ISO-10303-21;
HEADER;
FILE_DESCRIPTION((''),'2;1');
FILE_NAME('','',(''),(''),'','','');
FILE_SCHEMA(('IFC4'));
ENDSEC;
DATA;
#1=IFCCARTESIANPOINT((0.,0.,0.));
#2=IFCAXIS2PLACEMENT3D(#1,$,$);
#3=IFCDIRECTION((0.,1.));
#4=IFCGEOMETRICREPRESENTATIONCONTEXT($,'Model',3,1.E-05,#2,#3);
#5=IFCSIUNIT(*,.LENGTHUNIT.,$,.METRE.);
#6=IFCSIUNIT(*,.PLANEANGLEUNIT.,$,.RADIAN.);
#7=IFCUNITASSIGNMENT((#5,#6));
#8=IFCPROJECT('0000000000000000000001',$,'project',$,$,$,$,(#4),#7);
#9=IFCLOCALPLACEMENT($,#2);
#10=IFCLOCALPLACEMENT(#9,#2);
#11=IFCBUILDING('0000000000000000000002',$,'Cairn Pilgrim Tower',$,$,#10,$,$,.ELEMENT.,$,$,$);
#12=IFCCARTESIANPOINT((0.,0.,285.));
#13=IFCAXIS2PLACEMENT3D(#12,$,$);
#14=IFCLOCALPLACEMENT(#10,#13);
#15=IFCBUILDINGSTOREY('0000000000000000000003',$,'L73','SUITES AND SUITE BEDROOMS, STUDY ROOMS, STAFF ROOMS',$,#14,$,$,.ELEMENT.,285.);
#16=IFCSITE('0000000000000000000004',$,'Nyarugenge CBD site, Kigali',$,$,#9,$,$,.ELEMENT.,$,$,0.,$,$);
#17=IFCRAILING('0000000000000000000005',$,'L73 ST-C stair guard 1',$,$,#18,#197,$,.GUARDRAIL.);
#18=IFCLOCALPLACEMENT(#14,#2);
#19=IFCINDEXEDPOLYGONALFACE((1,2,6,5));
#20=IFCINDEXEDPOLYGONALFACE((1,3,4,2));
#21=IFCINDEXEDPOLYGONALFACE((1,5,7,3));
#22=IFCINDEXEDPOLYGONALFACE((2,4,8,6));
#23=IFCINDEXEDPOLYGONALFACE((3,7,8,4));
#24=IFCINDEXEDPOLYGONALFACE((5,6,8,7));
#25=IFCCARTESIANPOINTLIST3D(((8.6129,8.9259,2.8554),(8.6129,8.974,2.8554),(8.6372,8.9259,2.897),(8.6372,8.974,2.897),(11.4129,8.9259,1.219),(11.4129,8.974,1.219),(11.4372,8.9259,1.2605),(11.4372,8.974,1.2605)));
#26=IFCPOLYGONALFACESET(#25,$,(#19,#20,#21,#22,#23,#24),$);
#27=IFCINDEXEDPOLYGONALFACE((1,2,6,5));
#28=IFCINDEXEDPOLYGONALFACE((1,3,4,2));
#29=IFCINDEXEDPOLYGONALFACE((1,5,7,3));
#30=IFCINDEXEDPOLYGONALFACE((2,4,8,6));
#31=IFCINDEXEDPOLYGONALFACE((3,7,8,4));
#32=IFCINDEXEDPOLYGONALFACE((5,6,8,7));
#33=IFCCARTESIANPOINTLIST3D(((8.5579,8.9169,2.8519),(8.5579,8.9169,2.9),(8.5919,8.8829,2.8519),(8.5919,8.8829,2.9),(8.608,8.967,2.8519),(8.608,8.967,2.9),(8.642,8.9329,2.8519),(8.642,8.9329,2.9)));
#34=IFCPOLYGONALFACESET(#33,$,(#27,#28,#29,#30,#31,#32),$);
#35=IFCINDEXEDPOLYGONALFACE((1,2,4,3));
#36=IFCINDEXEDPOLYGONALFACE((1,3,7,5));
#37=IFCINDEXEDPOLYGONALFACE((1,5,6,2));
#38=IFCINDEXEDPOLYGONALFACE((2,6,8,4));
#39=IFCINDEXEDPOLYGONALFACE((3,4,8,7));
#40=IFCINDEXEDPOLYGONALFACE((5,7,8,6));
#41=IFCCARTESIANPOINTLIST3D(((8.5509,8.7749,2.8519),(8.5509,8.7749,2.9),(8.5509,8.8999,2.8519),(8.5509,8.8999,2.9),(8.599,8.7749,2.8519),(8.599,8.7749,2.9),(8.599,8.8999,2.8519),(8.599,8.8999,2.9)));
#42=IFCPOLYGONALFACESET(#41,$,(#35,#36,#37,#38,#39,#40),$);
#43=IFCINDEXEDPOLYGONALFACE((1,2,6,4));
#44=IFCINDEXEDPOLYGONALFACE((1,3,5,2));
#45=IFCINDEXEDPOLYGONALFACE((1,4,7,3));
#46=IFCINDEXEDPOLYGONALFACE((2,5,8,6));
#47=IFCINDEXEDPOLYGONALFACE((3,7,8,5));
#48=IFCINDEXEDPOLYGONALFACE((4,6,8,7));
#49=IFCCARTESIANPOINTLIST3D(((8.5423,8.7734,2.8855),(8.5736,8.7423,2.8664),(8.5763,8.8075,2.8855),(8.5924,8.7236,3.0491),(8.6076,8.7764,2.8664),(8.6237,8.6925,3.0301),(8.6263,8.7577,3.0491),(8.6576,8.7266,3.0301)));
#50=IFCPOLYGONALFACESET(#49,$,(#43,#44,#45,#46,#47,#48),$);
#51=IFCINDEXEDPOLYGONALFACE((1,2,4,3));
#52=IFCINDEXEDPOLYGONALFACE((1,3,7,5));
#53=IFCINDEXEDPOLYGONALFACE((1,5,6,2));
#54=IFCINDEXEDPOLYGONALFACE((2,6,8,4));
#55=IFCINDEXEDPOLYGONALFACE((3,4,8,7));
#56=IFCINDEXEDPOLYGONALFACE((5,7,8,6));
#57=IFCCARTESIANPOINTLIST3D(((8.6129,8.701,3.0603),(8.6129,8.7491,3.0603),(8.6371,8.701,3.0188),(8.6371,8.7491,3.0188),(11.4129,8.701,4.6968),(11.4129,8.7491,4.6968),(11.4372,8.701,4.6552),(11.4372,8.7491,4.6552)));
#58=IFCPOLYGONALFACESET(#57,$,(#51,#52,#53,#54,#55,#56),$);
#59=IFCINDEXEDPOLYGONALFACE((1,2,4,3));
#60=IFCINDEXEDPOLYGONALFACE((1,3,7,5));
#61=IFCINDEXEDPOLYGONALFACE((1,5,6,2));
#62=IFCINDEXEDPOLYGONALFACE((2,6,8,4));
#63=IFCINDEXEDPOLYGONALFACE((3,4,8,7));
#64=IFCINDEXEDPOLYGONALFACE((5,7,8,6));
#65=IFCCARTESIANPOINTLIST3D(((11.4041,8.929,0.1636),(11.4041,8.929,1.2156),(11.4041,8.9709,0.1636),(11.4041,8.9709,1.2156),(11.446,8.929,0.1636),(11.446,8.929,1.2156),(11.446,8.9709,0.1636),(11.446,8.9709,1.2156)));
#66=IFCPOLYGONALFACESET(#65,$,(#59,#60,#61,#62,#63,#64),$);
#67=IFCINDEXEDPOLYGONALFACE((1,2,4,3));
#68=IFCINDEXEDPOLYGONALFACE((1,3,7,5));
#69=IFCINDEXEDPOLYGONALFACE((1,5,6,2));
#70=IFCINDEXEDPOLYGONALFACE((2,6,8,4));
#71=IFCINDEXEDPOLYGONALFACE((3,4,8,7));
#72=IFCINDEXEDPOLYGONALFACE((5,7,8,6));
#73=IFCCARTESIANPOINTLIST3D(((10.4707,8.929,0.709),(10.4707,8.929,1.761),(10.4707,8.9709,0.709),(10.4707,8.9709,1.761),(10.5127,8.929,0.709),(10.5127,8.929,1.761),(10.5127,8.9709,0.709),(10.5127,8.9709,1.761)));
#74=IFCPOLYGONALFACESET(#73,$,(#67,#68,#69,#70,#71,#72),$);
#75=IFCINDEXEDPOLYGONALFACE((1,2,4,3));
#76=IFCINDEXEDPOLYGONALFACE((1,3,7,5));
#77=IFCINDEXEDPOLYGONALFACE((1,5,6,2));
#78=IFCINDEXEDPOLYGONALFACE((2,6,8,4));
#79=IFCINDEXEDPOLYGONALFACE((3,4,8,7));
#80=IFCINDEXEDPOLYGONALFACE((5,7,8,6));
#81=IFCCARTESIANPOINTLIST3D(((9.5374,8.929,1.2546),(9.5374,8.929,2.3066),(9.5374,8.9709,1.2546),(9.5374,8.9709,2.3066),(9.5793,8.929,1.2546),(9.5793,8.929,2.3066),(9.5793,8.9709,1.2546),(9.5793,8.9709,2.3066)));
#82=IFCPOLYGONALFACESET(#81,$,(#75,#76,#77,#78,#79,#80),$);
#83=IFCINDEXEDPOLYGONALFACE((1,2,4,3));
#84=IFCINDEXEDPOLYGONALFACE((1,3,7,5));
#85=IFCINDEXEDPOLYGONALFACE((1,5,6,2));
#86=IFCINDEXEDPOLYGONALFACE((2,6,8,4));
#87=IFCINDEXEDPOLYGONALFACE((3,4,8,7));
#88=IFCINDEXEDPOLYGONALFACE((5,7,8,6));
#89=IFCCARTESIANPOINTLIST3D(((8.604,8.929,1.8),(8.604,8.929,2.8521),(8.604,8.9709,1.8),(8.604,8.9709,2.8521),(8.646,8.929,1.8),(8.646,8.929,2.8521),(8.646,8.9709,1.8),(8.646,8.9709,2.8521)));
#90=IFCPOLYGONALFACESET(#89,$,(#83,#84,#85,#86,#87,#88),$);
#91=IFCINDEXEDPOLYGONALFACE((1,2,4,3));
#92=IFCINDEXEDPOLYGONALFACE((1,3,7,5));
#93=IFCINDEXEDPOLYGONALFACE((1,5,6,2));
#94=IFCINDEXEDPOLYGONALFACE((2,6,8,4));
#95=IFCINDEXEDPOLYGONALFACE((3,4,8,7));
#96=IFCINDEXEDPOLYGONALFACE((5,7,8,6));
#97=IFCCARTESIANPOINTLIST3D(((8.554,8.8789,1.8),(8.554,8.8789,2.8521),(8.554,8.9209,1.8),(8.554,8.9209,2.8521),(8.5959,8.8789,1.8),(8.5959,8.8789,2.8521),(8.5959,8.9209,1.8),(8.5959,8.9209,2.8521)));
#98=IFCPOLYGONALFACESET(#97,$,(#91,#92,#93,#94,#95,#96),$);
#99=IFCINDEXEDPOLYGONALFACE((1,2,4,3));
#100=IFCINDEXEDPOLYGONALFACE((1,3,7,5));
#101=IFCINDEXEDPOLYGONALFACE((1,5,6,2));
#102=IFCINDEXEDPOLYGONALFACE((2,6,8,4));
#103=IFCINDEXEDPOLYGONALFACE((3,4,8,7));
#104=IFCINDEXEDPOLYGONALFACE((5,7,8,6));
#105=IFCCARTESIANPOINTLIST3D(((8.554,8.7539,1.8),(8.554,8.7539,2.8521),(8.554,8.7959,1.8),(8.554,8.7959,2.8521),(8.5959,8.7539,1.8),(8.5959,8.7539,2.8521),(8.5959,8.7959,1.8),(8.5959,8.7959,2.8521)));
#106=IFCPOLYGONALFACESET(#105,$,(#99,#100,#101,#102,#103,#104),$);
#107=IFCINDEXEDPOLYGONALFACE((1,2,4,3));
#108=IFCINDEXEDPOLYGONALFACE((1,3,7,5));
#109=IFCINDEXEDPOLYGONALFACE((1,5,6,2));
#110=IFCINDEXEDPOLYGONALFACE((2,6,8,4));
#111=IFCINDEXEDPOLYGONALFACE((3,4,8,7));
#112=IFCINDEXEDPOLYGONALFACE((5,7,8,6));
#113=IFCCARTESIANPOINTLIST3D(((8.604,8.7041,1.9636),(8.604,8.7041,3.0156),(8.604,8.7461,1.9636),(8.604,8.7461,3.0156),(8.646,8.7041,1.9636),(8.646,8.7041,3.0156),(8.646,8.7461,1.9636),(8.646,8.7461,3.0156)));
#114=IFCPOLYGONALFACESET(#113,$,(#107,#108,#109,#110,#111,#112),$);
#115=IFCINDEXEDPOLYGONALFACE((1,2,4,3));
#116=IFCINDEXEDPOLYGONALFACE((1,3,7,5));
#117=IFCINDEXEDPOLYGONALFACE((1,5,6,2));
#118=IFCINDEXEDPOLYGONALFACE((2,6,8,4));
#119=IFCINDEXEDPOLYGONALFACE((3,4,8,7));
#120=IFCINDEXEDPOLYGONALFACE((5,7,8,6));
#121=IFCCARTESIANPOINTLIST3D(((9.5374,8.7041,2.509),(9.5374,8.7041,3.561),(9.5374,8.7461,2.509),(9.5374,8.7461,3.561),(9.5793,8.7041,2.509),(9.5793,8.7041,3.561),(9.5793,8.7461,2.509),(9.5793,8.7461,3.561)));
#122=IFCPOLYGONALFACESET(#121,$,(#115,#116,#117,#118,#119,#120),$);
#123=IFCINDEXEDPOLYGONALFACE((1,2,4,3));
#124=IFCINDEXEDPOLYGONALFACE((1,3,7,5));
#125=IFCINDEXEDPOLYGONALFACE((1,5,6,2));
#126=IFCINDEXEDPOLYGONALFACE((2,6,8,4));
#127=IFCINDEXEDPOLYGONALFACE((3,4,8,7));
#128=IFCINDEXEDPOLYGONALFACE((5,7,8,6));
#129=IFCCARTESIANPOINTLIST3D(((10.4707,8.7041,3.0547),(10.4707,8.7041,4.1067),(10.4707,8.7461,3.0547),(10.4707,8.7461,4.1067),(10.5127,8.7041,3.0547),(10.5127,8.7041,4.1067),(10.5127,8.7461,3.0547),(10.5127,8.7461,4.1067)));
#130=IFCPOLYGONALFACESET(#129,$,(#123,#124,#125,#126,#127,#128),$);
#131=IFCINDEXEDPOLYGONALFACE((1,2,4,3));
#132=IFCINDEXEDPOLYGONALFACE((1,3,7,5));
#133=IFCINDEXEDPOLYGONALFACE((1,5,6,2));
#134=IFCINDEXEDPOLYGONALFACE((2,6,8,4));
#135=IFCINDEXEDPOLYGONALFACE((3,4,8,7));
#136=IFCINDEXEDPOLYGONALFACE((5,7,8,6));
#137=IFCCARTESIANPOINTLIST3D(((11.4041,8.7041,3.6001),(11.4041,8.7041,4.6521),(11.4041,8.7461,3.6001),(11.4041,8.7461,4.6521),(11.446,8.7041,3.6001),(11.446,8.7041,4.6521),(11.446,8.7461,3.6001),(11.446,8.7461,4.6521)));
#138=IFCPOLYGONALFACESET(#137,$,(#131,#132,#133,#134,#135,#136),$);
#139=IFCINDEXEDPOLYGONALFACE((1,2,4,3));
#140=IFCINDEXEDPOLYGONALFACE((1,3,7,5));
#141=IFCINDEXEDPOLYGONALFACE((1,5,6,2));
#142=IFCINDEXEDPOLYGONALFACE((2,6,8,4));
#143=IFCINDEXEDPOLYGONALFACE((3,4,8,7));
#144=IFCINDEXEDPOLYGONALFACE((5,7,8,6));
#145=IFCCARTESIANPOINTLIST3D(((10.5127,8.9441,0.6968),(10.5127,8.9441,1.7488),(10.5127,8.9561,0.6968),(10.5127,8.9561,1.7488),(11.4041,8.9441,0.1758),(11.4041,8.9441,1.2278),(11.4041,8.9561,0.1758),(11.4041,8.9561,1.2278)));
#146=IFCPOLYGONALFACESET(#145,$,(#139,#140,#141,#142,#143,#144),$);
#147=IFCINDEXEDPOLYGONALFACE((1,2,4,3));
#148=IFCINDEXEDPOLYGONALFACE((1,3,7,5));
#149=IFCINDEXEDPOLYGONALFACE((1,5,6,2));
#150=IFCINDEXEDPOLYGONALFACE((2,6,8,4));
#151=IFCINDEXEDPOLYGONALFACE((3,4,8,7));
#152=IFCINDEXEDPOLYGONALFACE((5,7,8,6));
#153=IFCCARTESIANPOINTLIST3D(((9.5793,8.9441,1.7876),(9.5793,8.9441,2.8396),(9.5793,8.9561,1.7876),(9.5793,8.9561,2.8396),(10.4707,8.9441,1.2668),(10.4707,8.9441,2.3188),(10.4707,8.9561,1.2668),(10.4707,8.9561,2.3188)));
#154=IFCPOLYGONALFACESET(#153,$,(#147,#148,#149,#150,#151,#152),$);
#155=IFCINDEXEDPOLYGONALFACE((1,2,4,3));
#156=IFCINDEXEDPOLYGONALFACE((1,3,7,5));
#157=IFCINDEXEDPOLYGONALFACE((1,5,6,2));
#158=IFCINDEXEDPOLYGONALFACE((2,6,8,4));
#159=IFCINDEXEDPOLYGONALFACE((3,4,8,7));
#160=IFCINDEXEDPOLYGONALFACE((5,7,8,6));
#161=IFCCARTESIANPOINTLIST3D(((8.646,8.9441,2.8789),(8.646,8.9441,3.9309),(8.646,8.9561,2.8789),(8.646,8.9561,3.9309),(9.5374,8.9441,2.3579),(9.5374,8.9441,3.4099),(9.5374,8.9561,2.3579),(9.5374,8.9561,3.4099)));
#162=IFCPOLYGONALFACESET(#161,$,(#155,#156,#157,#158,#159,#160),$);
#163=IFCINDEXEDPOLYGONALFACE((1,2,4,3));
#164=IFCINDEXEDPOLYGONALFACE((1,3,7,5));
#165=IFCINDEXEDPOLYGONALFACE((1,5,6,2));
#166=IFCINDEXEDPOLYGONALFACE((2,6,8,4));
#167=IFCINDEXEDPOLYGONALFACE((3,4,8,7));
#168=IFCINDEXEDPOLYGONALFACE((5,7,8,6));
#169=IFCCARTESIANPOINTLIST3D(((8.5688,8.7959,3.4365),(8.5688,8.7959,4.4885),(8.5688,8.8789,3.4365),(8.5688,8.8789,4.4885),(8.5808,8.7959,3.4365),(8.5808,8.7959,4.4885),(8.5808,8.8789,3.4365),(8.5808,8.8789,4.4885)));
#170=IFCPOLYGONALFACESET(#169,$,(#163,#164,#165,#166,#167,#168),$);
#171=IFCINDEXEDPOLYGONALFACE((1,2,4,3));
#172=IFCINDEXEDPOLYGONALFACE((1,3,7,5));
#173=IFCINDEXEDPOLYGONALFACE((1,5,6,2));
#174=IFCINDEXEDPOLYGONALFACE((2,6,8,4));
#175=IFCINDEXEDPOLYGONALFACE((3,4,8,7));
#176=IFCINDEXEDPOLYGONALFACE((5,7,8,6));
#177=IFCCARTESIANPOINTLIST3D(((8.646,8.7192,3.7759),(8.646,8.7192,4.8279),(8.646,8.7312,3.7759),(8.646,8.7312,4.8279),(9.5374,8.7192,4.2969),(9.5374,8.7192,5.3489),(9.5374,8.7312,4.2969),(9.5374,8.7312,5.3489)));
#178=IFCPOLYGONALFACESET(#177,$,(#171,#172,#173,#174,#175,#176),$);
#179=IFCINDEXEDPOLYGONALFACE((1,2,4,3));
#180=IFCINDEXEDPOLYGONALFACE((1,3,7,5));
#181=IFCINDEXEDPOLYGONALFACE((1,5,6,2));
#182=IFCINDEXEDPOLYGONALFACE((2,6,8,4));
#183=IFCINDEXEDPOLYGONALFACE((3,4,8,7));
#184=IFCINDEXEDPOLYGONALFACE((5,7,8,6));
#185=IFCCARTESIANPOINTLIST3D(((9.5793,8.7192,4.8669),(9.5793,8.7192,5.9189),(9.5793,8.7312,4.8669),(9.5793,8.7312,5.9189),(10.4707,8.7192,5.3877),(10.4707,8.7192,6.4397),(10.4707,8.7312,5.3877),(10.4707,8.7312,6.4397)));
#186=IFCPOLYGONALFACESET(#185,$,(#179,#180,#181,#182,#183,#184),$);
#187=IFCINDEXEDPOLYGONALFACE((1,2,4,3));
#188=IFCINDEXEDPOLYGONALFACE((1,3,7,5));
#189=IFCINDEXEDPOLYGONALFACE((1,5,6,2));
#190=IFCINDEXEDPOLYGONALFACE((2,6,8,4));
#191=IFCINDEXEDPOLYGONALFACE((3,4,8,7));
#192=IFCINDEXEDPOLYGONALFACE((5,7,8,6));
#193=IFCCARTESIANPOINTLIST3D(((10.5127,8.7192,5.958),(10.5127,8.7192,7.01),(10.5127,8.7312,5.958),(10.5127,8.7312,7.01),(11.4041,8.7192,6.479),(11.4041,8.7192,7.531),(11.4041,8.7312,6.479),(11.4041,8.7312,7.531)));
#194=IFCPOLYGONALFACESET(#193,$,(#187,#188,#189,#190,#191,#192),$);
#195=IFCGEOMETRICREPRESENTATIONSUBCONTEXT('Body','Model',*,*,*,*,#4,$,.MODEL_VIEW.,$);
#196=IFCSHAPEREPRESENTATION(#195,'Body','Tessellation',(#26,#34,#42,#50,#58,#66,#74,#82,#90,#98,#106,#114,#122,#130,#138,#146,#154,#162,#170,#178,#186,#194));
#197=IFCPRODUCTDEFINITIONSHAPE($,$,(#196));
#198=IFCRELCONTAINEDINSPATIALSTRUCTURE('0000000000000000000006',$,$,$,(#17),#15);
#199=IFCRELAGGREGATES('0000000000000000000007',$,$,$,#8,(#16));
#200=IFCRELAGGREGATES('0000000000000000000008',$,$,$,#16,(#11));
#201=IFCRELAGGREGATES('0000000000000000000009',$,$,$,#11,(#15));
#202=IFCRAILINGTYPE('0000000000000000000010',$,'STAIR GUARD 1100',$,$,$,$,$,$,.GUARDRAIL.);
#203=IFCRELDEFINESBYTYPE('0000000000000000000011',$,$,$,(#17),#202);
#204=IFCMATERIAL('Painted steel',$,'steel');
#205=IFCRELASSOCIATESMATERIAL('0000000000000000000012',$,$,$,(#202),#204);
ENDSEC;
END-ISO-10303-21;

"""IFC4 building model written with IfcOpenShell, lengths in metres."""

from ifc_helpers import new_model, si_unit, direction, frame, origin, origin_2d, place, context, subcontext, project, spatial, polyline, rectangle, outline, extrude, material, type_object, element, save


model = new_model("IFC4")

# Units and contexts
model_context = context("Model", 3, precision=1e-05, world=origin(), true_north=direction((0.0, 1.0)))
body_context = subcontext(model_context, "Body", "Model", "MODEL_VIEW")
ifc_project = project(units=[si_unit("LENGTHUNIT", "METRE"), si_unit("PLANEANGLEUNIT", "RADIAN")], contexts=[model_context])

# Site, building, storey
site_placement = place(None, origin())
site = spatial("IfcSite", under=ifc_project, at=site_placement, Name="Nyarugenge CBD site, Kigali", CompositionType="ELEMENT", RefElevation=0.0)
building_placement = place(site_placement, origin())
building = spatial("IfcBuilding", under=site, at=building_placement, Name="Cairn Pilgrim Tower", CompositionType="ELEMENT")
storey_placement = place(building_placement, frame((0.0, 0.0, 285.0)))
storey = spatial("IfcBuildingStorey", under=building, at=storey_placement, Name="L73", Description="SUITES AND SUITE BEDROOMS, STUDY ROOMS, STAFF ROOMS", CompositionType="ELEMENT", Elevation=285.0)

# Shared definitions
ifc_material_1 = material(Name="Painted steel", Category="steel")

# Railing
railing_type_1 = type_object("IfcRailingType", Name="STAIR GUARD 1100", PredefinedType="GUARDRAIL", material=ifc_material_1)
railing_1_placement = place(storey_placement, frame((11.425, 8.95, 0.1636)))
element("IfcRailing", 1, at=railing_1_placement, inside=storey, type_object=railing_type_1, Name="L73 ST-C stair guard 1", PredefinedType="GUARDRAIL", context=body_context, shape_type="SweptSolid", body=[
    extrude(rectangle(XDim=0.0481, YDim=0.0481, at=origin_2d()), frame((0.0, 0.0, 1.0762), z_axis=(-0.863361, 0.0, 0.504587), x_axis=(0.0, -1.0, 0.0)), (0.0, 0.0, 1.0), 3.2432),
    extrude(rectangle(XDim=0.0481, YDim=0.0481, at=origin_2d()), frame((-2.8, 0.0, 2.7124), z_axis=(-0.707107, -0.707107, 0.0), x_axis=(0.707107, -0.707107, 0.0)), (0.0, 0.0, 1.0), 0.0708),
    extrude(rectangle(XDim=0.0481, YDim=0.0481, at=origin_2d()), frame((-2.8501, -0.05, 2.7124), z_axis=(0.0, -1.0, 0.0), x_axis=(1.0, 0.0, 0.0)), (0.0, 0.0, 1.0), 0.125),
    extrude(rectangle(XDim=0.0481, YDim=0.0481, at=origin_2d()), frame((-2.8501, -0.175, 2.7124), z_axis=(0.280917, -0.279546, 0.918118), x_axis=(0.705376, 0.708834, 0.0)), (0.0, 0.0, 1.0), 0.1782),
    extrude(rectangle(XDim=0.0481, YDim=0.0481, at=origin_2d()), frame((-2.8, -0.2249, 2.876), z_axis=(0.863361, 0.0, 0.504587), x_axis=(0.0, 1.0, 0.0)), (0.0, 0.0, 1.0), 3.2432),
    extrude(rectangle(XDim=0.042, YDim=0.042, at=origin_2d()), origin(), (0.0, 0.0, 1.0), 1.052),
    extrude(rectangle(XDim=0.042, YDim=0.042, at=origin_2d()), frame((-0.9333, 0.0, 0.5454)), (0.0, 0.0, 1.0), 1.052),
    extrude(rectangle(XDim=0.042, YDim=0.042, at=origin_2d()), frame((-1.8667, 0.0, 1.0911)), (0.0, 0.0, 1.0), 1.052),
    extrude(rectangle(XDim=0.042, YDim=0.042, at=origin_2d()), frame((-2.8, 0.0, 1.6365)), (0.0, 0.0, 1.0), 1.052),
    extrude(rectangle(XDim=0.042, YDim=0.042, at=origin_2d()), frame((-2.8501, -0.05, 1.6365)), (0.0, 0.0, 1.0), 1.052),
    extrude(rectangle(XDim=0.042, YDim=0.042, at=origin_2d()), frame((-2.8501, -0.175, 1.6365)), (0.0, 0.0, 1.0), 1.052),
    extrude(rectangle(XDim=0.042, YDim=0.042, at=origin_2d()), frame((-2.8, -0.2249, 1.8)), (0.0, 0.0, 1.0), 1.052),
    extrude(rectangle(XDim=0.042, YDim=0.042, at=origin_2d()), frame((-1.8667, -0.2249, 2.3455)), (0.0, 0.0, 1.0), 1.052),
    extrude(rectangle(XDim=0.042, YDim=0.042, at=origin_2d()), frame((-0.9333, -0.2249, 2.8911)), (0.0, 0.0, 1.0), 1.052),
    extrude(rectangle(XDim=0.042, YDim=0.042, at=origin_2d()), frame((0.0, -0.2249, 3.4365)), (0.0, 0.0, 1.0), 1.052),
    extrude(outline(polyline([(0.021, 0.0122), (0.9124, 0.5332), (0.9124, 1.5852), (0.021, 1.0642), (0.021, 0.0122)])), frame((0.0, -0.0059, 0.0), z_axis=(0.0, 1.0, 0.0), x_axis=(-1.0, 0.0, 0.0)), (0.0, 0.0, 1.0), 0.012),
    extrude(outline(polyline([(0.021, 0.5579), (0.9124, 1.0786), (0.9124, 2.1306), (0.021, 1.6099), (0.021, 0.5579)])), frame((-0.9333, -0.0059, 0.5454), z_axis=(0.0, 1.0, 0.0), x_axis=(-1.0, 0.0, 0.0)), (0.0, 0.0, 1.0), 0.012),
    extrude(outline(polyline([(0.021, 1.1033), (0.9124, 1.6243), (0.9124, 2.6763), (0.021, 2.1553), (0.021, 1.1033)])), frame((-1.8667, -0.0059, 1.0911), z_axis=(0.0, 1.0, 0.0), x_axis=(-1.0, 0.0, 0.0)), (0.0, 0.0, 1.0), 0.012),
    extrude(outline(polyline([(0.021, 1.6365), (0.104, 1.6365), (0.104, 2.6885), (0.021, 2.6885), (0.021, 1.6365)])), frame((-2.8442, -0.05, 1.6365), z_axis=(-1.0, 0.0, 0.0), x_axis=(0.0, -1.0, 0.0)), (0.0, 0.0, 1.0), 0.012),
    extrude(outline(polyline([(0.021, 1.8123), (0.9124, 2.3333), (0.9124, 3.3853), (0.021, 2.8643), (0.021, 1.8123)])), frame((-2.8, -0.2188, 1.8), z_axis=(0.0, -1.0, 0.0), x_axis=(1.0, 0.0, 0.0)), (0.0, 0.0, 1.0), 0.012),
    extrude(outline(polyline([(0.021, 2.3579), (0.9124, 2.8787), (0.9124, 3.9307), (0.021, 3.4099), (0.021, 2.3579)])), frame((-1.8667, -0.2188, 2.3455), z_axis=(0.0, -1.0, 0.0), x_axis=(1.0, 0.0, 0.0)), (0.0, 0.0, 1.0), 0.012),
    extrude(outline(polyline([(0.021, 2.9033), (0.9124, 3.4243), (0.9124, 4.4763), (0.021, 3.9553), (0.021, 2.9033)])), frame((-0.9333, -0.2188, 2.8911), z_axis=(0.0, -1.0, 0.0), x_axis=(1.0, 0.0, 0.0)), (0.0, 0.0, 1.0), 0.012),
])

save(model, "model.ifc")
